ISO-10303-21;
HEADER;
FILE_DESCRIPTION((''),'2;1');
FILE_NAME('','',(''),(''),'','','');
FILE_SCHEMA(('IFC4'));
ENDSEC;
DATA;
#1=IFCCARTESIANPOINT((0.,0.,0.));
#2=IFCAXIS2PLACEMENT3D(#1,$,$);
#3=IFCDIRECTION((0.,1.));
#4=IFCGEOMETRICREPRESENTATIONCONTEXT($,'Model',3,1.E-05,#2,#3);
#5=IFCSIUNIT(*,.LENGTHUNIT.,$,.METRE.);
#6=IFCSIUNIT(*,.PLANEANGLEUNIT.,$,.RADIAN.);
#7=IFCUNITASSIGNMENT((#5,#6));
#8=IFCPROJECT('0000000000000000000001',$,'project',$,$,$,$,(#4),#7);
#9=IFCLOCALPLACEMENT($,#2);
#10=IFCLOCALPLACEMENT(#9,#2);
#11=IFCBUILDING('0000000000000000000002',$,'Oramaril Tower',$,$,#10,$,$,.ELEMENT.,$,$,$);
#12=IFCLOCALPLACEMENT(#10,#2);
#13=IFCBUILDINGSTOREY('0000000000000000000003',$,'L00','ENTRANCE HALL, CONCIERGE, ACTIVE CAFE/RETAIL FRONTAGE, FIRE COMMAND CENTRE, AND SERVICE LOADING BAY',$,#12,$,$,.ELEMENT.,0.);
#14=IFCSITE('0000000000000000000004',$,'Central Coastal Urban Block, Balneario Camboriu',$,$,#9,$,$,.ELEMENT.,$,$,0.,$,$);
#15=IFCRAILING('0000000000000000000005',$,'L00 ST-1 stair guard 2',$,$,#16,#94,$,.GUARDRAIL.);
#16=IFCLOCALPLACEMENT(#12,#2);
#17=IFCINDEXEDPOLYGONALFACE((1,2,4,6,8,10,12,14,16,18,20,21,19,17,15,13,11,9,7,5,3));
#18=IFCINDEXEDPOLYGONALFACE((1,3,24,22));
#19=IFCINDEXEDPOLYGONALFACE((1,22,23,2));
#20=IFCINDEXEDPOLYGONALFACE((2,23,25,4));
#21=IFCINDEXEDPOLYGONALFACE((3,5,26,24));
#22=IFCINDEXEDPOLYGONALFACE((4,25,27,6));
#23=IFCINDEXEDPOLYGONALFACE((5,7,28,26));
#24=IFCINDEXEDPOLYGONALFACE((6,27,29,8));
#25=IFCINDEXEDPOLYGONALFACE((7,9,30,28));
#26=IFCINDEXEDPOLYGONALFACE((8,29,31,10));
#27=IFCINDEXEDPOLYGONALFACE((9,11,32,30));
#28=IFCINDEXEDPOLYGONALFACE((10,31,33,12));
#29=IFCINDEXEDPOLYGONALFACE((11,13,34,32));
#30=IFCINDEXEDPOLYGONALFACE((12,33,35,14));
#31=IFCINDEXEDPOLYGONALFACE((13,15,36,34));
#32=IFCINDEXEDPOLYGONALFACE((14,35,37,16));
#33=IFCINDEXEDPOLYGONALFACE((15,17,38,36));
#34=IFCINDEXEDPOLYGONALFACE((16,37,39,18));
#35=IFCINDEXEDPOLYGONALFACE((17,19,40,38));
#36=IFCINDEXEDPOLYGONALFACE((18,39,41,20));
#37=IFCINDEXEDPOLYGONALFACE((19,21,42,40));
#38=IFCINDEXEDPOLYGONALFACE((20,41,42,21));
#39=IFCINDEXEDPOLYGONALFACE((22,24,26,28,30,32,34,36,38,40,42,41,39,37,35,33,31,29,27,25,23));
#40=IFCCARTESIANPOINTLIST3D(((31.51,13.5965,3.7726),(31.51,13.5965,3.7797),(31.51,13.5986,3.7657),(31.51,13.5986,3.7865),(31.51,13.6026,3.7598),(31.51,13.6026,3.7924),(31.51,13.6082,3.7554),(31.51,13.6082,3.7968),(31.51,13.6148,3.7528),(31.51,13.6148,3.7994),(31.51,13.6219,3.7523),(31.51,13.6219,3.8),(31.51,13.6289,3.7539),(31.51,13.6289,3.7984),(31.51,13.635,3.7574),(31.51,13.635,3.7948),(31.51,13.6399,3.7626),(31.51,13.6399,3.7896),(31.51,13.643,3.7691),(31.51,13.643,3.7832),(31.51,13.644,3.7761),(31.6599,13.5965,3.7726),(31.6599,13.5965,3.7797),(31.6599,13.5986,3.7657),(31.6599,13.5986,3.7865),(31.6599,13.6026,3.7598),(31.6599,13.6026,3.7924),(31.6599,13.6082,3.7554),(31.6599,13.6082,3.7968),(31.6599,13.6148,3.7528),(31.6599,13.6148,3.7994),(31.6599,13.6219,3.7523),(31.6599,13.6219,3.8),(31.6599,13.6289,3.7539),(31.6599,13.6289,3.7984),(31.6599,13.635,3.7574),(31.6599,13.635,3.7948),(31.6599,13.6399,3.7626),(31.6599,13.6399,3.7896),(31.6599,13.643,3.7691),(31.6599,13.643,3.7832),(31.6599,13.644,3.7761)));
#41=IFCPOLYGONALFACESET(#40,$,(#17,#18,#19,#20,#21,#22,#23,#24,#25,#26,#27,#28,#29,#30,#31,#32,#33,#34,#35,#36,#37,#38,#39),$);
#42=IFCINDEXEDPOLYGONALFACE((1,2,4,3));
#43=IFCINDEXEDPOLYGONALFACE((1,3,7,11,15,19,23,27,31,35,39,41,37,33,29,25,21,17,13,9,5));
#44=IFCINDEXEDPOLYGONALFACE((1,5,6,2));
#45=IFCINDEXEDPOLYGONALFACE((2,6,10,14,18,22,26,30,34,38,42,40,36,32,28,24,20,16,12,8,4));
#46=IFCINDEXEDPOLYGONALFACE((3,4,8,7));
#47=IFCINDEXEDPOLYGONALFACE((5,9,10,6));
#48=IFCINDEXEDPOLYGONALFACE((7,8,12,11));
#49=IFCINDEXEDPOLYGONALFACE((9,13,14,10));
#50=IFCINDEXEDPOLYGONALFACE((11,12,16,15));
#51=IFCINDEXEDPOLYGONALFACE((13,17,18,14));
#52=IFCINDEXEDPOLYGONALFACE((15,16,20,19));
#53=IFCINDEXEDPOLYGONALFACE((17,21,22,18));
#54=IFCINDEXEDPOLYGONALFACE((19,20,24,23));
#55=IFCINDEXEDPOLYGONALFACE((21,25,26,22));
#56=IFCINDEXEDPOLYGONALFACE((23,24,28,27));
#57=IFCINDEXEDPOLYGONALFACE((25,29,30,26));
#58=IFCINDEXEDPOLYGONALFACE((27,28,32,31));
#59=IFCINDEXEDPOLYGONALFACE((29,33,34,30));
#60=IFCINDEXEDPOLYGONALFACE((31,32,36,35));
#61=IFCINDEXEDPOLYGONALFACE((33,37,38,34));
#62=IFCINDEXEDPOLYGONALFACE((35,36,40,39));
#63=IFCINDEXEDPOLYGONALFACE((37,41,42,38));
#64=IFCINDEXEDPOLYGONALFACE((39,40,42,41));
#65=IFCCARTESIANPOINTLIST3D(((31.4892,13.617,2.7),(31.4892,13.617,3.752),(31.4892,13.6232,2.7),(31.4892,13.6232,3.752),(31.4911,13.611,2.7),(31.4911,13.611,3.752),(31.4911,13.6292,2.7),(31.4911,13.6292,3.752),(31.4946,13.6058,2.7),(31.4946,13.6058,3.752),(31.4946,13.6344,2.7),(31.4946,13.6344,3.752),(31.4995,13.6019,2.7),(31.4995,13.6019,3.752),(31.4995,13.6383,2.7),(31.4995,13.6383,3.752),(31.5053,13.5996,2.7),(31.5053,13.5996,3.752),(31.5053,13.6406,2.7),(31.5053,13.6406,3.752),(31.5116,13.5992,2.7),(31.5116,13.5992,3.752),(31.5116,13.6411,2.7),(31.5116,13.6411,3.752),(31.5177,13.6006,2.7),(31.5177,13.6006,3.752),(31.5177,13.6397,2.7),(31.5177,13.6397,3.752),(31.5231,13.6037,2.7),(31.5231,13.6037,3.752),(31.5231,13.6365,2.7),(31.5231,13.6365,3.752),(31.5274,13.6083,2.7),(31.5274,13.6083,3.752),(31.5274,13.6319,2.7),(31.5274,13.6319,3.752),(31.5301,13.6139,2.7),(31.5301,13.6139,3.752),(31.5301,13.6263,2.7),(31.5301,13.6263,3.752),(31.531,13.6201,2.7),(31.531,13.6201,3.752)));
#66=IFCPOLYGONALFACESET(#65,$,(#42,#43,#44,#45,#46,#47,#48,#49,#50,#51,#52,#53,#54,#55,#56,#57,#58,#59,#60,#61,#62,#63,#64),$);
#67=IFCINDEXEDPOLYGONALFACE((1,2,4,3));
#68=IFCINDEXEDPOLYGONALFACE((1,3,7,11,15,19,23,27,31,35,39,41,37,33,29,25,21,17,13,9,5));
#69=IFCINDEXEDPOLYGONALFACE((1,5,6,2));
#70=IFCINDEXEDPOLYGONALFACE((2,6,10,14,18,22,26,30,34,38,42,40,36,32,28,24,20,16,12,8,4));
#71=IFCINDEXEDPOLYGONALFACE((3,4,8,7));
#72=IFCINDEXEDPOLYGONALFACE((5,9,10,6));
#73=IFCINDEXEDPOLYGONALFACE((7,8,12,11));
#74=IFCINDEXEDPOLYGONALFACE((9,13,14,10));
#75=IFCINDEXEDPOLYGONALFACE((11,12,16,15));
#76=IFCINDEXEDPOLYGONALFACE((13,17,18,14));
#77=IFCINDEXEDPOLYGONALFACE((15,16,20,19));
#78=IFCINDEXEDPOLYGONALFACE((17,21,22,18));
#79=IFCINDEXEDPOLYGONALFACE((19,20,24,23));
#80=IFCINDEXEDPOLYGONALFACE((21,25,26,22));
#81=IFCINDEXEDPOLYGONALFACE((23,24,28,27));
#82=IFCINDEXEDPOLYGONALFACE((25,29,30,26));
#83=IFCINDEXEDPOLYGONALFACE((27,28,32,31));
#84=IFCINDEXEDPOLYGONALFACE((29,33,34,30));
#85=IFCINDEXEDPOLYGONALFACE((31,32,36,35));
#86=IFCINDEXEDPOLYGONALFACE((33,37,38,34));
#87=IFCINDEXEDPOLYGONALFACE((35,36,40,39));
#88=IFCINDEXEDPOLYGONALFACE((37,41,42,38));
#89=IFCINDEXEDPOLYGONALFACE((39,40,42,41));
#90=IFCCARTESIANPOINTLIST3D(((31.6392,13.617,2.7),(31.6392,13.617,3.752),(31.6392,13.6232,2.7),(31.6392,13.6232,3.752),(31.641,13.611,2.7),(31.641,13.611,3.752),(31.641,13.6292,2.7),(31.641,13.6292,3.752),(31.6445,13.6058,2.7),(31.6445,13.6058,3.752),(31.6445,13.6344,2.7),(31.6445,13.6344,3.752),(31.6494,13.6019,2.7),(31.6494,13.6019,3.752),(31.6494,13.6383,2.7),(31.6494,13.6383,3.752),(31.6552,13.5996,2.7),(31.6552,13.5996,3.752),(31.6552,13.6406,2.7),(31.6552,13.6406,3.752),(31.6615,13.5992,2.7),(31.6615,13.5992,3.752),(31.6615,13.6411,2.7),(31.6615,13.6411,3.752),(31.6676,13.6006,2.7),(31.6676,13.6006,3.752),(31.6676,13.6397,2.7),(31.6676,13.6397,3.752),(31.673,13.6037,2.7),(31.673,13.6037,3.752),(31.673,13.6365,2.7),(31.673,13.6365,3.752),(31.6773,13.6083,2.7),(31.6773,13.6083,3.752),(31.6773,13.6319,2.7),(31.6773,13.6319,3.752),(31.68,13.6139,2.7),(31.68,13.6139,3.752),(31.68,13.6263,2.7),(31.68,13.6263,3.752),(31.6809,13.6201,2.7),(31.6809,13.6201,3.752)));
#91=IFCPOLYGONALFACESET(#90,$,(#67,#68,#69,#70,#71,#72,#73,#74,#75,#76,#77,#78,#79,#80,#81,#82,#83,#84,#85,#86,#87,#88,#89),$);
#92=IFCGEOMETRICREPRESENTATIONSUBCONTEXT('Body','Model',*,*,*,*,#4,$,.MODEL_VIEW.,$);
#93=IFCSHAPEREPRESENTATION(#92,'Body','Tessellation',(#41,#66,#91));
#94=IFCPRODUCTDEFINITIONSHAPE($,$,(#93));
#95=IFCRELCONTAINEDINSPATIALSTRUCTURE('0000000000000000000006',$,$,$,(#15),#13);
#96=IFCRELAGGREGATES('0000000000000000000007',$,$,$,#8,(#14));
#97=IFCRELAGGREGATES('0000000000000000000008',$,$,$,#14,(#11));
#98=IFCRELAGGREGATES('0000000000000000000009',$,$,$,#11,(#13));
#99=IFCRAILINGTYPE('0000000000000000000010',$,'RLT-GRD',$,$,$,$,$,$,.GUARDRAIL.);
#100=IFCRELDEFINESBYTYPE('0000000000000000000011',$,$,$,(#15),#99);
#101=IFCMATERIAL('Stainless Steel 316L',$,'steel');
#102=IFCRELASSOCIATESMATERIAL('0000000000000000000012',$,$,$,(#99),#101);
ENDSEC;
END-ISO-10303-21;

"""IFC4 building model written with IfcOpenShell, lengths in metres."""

from ifc_helpers import new_model, si_unit, direction, frame, origin, origin_2d, place, context, subcontext, project, spatial, circle, extrude, material, type_object, element, save


model = new_model("IFC4")

# Units and contexts
model_context = context("Model", 3, precision=1e-05, world=origin(), true_north=direction((0.0, 1.0)))
body_context = subcontext(model_context, "Body", "Model", "MODEL_VIEW")
ifc_project = project(units=[si_unit("LENGTHUNIT", "METRE"), si_unit("PLANEANGLEUNIT", "RADIAN")], contexts=[model_context])

# Site, building, storey
site_placement = place(None, origin())
site = spatial("IfcSite", under=ifc_project, at=site_placement, Name="Central Coastal Urban Block, Balneario Camboriu", CompositionType="ELEMENT", RefElevation=0.0)
building_placement = place(site_placement, origin())
building = spatial("IfcBuilding", under=site, at=building_placement, Name="Oramaril Tower", CompositionType="ELEMENT")
storey_placement = place(building_placement, origin())
storey = spatial("IfcBuildingStorey", under=building, at=storey_placement, Name="L00", Description="ENTRANCE HALL, CONCIERGE, ACTIVE CAFE/RETAIL FRONTAGE, FIRE COMMAND CENTRE, AND SERVICE LOADING BAY", CompositionType="ELEMENT", Elevation=0.0)

# Railing
ifc_material_1 = material(Name="Stainless Steel 316L", Category="steel")
railing_type_1 = type_object("IfcRailingType", Name="RLT-GRD", PredefinedType="GUARDRAIL", material=ifc_material_1)
railing_1_placement = place(storey_placement, frame((31.51, 13.6201, 2.7)))
element("IfcRailing", 1, at=railing_1_placement, inside=storey, type_object=railing_type_1, Name="L00 ST-1 stair guard 2", PredefinedType="GUARDRAIL", context=body_context, shape_type="SweptSolid", body=[
    extrude(circle(Radius=0.0239, at=origin_2d()), frame((0.0, 0.0, 1.0762), z_axis=(1.0, 0.0, 0.0), x_axis=(0.0, 1.0, 0.0)), (0.0, 0.0, 1.0), 0.1499),
    extrude(circle(Radius=0.021, at=origin_2d()), origin(), (0.0, 0.0, 1.0), 1.052),
    extrude(circle(Radius=0.021, at=origin_2d()), frame((0.1499, 0.0, 0.0)), (0.0, 0.0, 1.0), 1.052),
])

save(model, "model.ifc")
